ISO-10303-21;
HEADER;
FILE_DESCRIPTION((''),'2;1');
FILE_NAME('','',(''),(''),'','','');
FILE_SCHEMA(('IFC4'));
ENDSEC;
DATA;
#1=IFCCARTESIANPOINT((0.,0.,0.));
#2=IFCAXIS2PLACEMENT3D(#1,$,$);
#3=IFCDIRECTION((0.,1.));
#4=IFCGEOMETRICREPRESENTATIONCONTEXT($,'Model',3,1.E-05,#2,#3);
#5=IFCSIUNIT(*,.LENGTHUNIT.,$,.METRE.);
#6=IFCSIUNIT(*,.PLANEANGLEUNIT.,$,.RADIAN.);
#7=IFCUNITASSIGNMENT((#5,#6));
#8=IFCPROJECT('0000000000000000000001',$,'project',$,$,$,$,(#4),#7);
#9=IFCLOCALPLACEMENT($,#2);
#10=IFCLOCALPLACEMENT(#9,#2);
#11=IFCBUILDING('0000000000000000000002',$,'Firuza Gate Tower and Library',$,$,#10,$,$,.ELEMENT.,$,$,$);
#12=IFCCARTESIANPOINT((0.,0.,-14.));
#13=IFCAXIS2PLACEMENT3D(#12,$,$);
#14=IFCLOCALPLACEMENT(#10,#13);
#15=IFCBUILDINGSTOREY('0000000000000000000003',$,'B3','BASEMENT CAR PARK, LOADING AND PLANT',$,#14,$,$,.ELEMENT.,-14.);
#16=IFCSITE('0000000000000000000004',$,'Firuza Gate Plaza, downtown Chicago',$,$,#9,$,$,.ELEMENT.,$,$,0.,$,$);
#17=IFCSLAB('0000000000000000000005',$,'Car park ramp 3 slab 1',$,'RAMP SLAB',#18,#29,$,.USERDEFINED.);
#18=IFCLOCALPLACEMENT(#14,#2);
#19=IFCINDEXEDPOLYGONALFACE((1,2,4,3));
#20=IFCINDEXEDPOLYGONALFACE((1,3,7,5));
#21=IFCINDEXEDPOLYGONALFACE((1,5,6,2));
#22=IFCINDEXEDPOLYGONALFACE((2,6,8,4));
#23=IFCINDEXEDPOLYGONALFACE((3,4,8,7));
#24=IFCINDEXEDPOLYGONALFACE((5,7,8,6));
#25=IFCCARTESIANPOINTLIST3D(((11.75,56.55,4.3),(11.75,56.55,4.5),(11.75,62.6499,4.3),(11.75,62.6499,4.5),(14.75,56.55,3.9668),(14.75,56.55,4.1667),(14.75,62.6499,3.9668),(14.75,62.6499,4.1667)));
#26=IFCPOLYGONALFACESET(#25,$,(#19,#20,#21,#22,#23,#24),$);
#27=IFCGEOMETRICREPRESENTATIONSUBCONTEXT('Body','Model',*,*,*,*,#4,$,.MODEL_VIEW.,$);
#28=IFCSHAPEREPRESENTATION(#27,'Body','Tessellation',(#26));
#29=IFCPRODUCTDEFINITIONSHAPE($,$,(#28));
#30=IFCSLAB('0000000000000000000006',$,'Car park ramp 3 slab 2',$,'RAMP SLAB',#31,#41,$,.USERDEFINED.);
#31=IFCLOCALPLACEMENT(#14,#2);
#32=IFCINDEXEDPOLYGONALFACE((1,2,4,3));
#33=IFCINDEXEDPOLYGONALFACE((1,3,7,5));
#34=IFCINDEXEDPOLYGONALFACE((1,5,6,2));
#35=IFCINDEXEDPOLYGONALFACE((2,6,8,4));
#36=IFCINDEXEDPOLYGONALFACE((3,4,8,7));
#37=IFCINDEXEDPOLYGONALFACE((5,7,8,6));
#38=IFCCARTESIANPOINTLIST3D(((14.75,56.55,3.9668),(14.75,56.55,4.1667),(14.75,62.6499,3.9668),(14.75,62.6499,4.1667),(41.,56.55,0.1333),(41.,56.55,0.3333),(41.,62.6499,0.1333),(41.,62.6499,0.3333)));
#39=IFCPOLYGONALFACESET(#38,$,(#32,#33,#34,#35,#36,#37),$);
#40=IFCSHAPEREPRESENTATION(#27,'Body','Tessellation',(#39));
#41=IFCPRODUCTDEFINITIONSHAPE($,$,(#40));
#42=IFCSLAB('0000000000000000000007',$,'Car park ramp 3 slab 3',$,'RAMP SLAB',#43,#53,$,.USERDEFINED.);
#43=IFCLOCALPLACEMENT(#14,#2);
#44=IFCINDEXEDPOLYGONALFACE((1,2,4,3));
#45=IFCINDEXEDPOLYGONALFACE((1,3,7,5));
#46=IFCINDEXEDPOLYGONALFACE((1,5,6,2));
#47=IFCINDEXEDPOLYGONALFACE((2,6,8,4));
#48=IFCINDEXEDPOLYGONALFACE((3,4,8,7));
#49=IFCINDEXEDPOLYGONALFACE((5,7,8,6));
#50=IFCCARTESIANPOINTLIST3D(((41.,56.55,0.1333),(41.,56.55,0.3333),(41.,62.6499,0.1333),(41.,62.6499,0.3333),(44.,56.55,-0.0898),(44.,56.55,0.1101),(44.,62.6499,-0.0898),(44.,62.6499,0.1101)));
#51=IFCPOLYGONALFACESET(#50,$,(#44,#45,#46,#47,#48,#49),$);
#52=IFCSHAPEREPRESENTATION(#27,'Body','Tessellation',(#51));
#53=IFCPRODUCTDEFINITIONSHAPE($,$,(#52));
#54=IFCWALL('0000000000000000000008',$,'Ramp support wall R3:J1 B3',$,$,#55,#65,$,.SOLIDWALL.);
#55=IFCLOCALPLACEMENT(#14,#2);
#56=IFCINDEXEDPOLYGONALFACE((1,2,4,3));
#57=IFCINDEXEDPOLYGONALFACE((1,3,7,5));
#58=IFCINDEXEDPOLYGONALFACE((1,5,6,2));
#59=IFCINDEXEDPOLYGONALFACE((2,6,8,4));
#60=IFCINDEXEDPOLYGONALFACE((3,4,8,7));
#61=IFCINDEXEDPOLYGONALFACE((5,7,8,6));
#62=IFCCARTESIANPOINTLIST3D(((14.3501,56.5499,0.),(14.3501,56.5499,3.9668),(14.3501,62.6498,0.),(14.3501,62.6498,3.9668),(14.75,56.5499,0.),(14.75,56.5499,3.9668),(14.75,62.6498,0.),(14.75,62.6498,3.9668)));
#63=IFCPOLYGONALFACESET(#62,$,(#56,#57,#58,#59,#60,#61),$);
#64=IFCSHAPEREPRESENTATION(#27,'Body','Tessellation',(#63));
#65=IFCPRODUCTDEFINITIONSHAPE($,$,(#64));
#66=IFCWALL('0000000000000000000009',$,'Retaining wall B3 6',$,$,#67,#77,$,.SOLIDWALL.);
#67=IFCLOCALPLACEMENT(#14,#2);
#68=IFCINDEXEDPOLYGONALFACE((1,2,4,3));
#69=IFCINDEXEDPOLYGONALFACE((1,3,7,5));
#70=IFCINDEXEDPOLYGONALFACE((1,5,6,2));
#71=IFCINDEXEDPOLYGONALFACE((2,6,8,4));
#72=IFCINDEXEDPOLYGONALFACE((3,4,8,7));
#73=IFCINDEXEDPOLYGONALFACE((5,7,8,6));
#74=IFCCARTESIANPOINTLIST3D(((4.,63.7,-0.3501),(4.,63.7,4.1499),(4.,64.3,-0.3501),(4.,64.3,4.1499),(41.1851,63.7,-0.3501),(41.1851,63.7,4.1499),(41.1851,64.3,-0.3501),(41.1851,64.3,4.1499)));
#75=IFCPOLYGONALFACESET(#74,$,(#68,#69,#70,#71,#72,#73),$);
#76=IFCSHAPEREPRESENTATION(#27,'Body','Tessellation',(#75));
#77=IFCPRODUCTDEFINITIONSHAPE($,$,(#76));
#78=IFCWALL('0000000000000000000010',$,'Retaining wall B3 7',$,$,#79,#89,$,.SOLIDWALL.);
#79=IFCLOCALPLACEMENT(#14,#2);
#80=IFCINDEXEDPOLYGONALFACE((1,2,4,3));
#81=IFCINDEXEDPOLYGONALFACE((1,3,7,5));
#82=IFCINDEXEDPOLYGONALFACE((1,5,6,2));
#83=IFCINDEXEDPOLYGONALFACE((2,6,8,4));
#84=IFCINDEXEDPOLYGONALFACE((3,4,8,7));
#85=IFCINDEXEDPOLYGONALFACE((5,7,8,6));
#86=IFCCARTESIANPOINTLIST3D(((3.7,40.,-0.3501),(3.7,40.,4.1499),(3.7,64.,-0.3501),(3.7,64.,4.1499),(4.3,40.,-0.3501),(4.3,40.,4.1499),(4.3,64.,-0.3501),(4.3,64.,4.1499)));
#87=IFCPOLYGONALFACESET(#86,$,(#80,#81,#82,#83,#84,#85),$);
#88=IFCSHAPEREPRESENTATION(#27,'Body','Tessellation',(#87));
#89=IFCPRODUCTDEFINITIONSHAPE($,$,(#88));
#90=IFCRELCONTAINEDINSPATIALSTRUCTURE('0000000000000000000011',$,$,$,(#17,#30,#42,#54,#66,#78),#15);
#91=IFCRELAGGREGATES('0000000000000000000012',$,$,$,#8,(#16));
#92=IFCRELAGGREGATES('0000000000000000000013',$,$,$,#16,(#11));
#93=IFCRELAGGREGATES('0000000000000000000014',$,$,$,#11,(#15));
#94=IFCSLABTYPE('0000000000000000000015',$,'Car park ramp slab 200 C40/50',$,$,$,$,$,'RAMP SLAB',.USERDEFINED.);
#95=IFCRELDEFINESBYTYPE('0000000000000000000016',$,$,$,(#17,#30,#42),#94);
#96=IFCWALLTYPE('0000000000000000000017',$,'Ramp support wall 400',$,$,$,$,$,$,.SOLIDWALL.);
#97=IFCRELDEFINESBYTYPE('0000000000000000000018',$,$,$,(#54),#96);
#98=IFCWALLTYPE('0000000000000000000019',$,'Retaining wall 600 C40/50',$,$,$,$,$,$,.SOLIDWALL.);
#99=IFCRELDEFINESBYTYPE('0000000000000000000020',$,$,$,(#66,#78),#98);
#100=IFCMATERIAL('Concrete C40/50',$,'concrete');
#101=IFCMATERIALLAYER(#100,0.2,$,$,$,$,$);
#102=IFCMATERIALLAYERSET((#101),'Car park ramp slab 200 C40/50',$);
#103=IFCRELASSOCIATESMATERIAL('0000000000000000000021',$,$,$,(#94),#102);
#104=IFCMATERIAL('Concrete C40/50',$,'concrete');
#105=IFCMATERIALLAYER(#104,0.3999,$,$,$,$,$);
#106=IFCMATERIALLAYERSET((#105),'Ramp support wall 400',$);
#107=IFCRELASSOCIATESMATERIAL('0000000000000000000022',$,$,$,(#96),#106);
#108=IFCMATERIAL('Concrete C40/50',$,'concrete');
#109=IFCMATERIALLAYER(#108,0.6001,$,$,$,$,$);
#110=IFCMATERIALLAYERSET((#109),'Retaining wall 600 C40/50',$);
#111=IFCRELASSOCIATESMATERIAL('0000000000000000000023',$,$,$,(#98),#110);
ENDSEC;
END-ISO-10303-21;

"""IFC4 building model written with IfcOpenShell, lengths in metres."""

from ifc_helpers import new_model, si_unit, direction, frame, frame_2d, origin, place, context, subcontext, project, spatial, polyline, rectangle, outline, extrude, material, layer, layer_set, type_object, element, save


model = new_model("IFC4")

# Units and contexts
model_context = context("Model", 3, precision=1e-05, world=origin(), true_north=direction((0.0, 1.0)))
body_context = subcontext(model_context, "Body", "Model", "MODEL_VIEW")
ifc_project = project(units=[si_unit("LENGTHUNIT", "METRE"), si_unit("PLANEANGLEUNIT", "RADIAN")], contexts=[model_context])

# Site, building, storey
site_placement = place(None, origin())
site = spatial("IfcSite", under=ifc_project, at=site_placement, Name="Firuza Gate Plaza, downtown Chicago", CompositionType="ELEMENT", RefElevation=0.0)
building_placement = place(site_placement, origin())
building = spatial("IfcBuilding", under=site, at=building_placement, Name="Firuza Gate Tower and Library", CompositionType="ELEMENT")
storey_placement = place(building_placement, frame((0.0, 0.0, -14.0)))
storey = spatial("IfcBuildingStorey", under=building, at=storey_placement, Name="B3", Description="BASEMENT CAR PARK, LOADING AND PLANT", CompositionType="ELEMENT", Elevation=-14.0)

# Slabs
ifc_material_1 = material(Name="Concrete C40/50", Category="concrete")
ifc_layer_1 = layer(ifc_material_1, 0.2)
ifc_layer_set_1 = layer_set([ifc_layer_1], Name="Car park ramp slab 200 C40/50")
slab_type = type_object("IfcSlabType", Name="Car park ramp slab 200 C40/50", ElementType="RAMP SLAB", PredefinedType="USERDEFINED", material=ifc_layer_set_1)
slab_1_placement = place(storey_placement, frame((11.75, 59.6001, 3.9668), z_axis=(0.0, 0.0, 1.0), x_axis=(1.0, 0.0, 0.0)))
element("IfcSlab", 1, at=slab_1_placement, inside=storey, type_object=slab_type, Name="Car park ramp 3 slab 1", ObjectType="RAMP SLAB", PredefinedType="USERDEFINED", context=body_context, shape_type="SweptSolid", body=[
    extrude(outline(polyline([(0.0, 0.5332), (3.0, 0.2), (3.0, 0.0), (0.0, 0.3333), (0.0, 0.5332)])), frame((0.0, 3.0498, 0.0), z_axis=(0.0, -1.0, 0.0), x_axis=(1.0, 0.0, 0.0)), (0.0, 0.0, 1.0), 6.0999),
])
slab_2_placement = place(storey_placement, frame((14.75, 59.6001, 0.1333), z_axis=(0.0, 0.0, 1.0), x_axis=(1.0, 0.0, 0.0)))
element("IfcSlab", 2, at=slab_2_placement, inside=storey, type_object=slab_type, Name="Car park ramp 3 slab 2", ObjectType="RAMP SLAB", PredefinedType="USERDEFINED", context=body_context, shape_type="SweptSolid", body=[
    extrude(outline(polyline([(0.0, 4.0334), (26.25, 0.2), (26.25, 0.0), (0.0, 3.8335), (0.0, 4.0334)])), frame((0.0, 3.0498, 0.0), z_axis=(0.0, -1.0, 0.0), x_axis=(1.0, 0.0, 0.0)), (0.0, 0.0, 1.0), 6.0999),
])
slab_3_placement = place(storey_placement, frame((41.0, 59.6001, -0.0898), z_axis=(0.0, 0.0, 1.0), x_axis=(1.0, 0.0, 0.0)))
element("IfcSlab", 3, at=slab_3_placement, inside=storey, type_object=slab_type, Name="Car park ramp 3 slab 3", ObjectType="RAMP SLAB", PredefinedType="USERDEFINED", context=body_context, shape_type="SweptSolid", body=[
    extrude(outline(polyline([(0.0, 0.4231), (3.0, 0.2), (3.0, 0.0), (0.0, 0.2231), (0.0, 0.4231)])), frame((0.0, 3.0498, 0.0), z_axis=(0.0, -1.0, 0.0), x_axis=(1.0, 0.0, 0.0)), (0.0, 0.0, 1.0), 6.0999),
])

# Walls
ifc_material_2 = material(Name="Concrete C40/50", Category="concrete")
ifc_layer_2 = layer(ifc_material_2, 0.3999)
ifc_layer_set_2 = layer_set([ifc_layer_2], Name="Ramp support wall 400")
wall_type_1 = type_object("IfcWallType", Name="Ramp support wall 400", PredefinedType="SOLIDWALL", material=ifc_layer_set_2)
wall_1_placement = place(storey_placement, frame((14.55, 56.55, 0.0), z_axis=(0.0, 0.0, 1.0), x_axis=(0.0, 1.0, 0.0)))
element("IfcWall", 4, at=wall_1_placement, inside=storey, type_object=wall_type_1, Name="Ramp support wall R3:J1 B3", PredefinedType="SOLIDWALL", context=body_context, shape_type="SweptSolid", body=[
    extrude(rectangle(XDim=6.0999, YDim=0.3999, at=frame_2d((3.0498, 0.0))), origin(), (0.0, 0.0, 1.0), 3.9668),
])
ifc_material_3 = material(Name="Concrete C40/50", Category="concrete")
ifc_layer_3 = layer(ifc_material_3, 0.6001)
ifc_layer_set_3 = layer_set([ifc_layer_3], Name="Retaining wall 600 C40/50")
wall_type_2 = type_object("IfcWallType", Name="Retaining wall 600 C40/50", PredefinedType="SOLIDWALL", material=ifc_layer_set_3)
wall_2_placement = place(storey_placement, frame((41.1851, 64.0, -0.3501), z_axis=(0.0, 0.0, 1.0), x_axis=(-1.0, 0.0, 0.0)))
element("IfcWall", 5, at=wall_2_placement, inside=storey, type_object=wall_type_2, Name="Retaining wall B3 6", PredefinedType="SOLIDWALL", context=body_context, shape_type="SweptSolid", body=[
    extrude(rectangle(XDim=37.1851, YDim=0.6001, at=frame_2d((18.5925, 0.0))), origin(), (0.0, 0.0, 1.0), 4.5),
])
wall_3_placement = place(storey_placement, frame((4.0, 64.0, -0.3501), z_axis=(0.0, 0.0, 1.0), x_axis=(0.0, -1.0, 0.0)))
element("IfcWall", 6, at=wall_3_placement, inside=storey, type_object=wall_type_2, Name="Retaining wall B3 7", PredefinedType="SOLIDWALL", context=body_context, shape_type="SweptSolid", body=[
    extrude(rectangle(XDim=24.0, YDim=0.6001, at=frame_2d((12.0, 0.0))), origin(), (0.0, 0.0, 1.0), 4.5),
])

save(model, "model.ifc")
